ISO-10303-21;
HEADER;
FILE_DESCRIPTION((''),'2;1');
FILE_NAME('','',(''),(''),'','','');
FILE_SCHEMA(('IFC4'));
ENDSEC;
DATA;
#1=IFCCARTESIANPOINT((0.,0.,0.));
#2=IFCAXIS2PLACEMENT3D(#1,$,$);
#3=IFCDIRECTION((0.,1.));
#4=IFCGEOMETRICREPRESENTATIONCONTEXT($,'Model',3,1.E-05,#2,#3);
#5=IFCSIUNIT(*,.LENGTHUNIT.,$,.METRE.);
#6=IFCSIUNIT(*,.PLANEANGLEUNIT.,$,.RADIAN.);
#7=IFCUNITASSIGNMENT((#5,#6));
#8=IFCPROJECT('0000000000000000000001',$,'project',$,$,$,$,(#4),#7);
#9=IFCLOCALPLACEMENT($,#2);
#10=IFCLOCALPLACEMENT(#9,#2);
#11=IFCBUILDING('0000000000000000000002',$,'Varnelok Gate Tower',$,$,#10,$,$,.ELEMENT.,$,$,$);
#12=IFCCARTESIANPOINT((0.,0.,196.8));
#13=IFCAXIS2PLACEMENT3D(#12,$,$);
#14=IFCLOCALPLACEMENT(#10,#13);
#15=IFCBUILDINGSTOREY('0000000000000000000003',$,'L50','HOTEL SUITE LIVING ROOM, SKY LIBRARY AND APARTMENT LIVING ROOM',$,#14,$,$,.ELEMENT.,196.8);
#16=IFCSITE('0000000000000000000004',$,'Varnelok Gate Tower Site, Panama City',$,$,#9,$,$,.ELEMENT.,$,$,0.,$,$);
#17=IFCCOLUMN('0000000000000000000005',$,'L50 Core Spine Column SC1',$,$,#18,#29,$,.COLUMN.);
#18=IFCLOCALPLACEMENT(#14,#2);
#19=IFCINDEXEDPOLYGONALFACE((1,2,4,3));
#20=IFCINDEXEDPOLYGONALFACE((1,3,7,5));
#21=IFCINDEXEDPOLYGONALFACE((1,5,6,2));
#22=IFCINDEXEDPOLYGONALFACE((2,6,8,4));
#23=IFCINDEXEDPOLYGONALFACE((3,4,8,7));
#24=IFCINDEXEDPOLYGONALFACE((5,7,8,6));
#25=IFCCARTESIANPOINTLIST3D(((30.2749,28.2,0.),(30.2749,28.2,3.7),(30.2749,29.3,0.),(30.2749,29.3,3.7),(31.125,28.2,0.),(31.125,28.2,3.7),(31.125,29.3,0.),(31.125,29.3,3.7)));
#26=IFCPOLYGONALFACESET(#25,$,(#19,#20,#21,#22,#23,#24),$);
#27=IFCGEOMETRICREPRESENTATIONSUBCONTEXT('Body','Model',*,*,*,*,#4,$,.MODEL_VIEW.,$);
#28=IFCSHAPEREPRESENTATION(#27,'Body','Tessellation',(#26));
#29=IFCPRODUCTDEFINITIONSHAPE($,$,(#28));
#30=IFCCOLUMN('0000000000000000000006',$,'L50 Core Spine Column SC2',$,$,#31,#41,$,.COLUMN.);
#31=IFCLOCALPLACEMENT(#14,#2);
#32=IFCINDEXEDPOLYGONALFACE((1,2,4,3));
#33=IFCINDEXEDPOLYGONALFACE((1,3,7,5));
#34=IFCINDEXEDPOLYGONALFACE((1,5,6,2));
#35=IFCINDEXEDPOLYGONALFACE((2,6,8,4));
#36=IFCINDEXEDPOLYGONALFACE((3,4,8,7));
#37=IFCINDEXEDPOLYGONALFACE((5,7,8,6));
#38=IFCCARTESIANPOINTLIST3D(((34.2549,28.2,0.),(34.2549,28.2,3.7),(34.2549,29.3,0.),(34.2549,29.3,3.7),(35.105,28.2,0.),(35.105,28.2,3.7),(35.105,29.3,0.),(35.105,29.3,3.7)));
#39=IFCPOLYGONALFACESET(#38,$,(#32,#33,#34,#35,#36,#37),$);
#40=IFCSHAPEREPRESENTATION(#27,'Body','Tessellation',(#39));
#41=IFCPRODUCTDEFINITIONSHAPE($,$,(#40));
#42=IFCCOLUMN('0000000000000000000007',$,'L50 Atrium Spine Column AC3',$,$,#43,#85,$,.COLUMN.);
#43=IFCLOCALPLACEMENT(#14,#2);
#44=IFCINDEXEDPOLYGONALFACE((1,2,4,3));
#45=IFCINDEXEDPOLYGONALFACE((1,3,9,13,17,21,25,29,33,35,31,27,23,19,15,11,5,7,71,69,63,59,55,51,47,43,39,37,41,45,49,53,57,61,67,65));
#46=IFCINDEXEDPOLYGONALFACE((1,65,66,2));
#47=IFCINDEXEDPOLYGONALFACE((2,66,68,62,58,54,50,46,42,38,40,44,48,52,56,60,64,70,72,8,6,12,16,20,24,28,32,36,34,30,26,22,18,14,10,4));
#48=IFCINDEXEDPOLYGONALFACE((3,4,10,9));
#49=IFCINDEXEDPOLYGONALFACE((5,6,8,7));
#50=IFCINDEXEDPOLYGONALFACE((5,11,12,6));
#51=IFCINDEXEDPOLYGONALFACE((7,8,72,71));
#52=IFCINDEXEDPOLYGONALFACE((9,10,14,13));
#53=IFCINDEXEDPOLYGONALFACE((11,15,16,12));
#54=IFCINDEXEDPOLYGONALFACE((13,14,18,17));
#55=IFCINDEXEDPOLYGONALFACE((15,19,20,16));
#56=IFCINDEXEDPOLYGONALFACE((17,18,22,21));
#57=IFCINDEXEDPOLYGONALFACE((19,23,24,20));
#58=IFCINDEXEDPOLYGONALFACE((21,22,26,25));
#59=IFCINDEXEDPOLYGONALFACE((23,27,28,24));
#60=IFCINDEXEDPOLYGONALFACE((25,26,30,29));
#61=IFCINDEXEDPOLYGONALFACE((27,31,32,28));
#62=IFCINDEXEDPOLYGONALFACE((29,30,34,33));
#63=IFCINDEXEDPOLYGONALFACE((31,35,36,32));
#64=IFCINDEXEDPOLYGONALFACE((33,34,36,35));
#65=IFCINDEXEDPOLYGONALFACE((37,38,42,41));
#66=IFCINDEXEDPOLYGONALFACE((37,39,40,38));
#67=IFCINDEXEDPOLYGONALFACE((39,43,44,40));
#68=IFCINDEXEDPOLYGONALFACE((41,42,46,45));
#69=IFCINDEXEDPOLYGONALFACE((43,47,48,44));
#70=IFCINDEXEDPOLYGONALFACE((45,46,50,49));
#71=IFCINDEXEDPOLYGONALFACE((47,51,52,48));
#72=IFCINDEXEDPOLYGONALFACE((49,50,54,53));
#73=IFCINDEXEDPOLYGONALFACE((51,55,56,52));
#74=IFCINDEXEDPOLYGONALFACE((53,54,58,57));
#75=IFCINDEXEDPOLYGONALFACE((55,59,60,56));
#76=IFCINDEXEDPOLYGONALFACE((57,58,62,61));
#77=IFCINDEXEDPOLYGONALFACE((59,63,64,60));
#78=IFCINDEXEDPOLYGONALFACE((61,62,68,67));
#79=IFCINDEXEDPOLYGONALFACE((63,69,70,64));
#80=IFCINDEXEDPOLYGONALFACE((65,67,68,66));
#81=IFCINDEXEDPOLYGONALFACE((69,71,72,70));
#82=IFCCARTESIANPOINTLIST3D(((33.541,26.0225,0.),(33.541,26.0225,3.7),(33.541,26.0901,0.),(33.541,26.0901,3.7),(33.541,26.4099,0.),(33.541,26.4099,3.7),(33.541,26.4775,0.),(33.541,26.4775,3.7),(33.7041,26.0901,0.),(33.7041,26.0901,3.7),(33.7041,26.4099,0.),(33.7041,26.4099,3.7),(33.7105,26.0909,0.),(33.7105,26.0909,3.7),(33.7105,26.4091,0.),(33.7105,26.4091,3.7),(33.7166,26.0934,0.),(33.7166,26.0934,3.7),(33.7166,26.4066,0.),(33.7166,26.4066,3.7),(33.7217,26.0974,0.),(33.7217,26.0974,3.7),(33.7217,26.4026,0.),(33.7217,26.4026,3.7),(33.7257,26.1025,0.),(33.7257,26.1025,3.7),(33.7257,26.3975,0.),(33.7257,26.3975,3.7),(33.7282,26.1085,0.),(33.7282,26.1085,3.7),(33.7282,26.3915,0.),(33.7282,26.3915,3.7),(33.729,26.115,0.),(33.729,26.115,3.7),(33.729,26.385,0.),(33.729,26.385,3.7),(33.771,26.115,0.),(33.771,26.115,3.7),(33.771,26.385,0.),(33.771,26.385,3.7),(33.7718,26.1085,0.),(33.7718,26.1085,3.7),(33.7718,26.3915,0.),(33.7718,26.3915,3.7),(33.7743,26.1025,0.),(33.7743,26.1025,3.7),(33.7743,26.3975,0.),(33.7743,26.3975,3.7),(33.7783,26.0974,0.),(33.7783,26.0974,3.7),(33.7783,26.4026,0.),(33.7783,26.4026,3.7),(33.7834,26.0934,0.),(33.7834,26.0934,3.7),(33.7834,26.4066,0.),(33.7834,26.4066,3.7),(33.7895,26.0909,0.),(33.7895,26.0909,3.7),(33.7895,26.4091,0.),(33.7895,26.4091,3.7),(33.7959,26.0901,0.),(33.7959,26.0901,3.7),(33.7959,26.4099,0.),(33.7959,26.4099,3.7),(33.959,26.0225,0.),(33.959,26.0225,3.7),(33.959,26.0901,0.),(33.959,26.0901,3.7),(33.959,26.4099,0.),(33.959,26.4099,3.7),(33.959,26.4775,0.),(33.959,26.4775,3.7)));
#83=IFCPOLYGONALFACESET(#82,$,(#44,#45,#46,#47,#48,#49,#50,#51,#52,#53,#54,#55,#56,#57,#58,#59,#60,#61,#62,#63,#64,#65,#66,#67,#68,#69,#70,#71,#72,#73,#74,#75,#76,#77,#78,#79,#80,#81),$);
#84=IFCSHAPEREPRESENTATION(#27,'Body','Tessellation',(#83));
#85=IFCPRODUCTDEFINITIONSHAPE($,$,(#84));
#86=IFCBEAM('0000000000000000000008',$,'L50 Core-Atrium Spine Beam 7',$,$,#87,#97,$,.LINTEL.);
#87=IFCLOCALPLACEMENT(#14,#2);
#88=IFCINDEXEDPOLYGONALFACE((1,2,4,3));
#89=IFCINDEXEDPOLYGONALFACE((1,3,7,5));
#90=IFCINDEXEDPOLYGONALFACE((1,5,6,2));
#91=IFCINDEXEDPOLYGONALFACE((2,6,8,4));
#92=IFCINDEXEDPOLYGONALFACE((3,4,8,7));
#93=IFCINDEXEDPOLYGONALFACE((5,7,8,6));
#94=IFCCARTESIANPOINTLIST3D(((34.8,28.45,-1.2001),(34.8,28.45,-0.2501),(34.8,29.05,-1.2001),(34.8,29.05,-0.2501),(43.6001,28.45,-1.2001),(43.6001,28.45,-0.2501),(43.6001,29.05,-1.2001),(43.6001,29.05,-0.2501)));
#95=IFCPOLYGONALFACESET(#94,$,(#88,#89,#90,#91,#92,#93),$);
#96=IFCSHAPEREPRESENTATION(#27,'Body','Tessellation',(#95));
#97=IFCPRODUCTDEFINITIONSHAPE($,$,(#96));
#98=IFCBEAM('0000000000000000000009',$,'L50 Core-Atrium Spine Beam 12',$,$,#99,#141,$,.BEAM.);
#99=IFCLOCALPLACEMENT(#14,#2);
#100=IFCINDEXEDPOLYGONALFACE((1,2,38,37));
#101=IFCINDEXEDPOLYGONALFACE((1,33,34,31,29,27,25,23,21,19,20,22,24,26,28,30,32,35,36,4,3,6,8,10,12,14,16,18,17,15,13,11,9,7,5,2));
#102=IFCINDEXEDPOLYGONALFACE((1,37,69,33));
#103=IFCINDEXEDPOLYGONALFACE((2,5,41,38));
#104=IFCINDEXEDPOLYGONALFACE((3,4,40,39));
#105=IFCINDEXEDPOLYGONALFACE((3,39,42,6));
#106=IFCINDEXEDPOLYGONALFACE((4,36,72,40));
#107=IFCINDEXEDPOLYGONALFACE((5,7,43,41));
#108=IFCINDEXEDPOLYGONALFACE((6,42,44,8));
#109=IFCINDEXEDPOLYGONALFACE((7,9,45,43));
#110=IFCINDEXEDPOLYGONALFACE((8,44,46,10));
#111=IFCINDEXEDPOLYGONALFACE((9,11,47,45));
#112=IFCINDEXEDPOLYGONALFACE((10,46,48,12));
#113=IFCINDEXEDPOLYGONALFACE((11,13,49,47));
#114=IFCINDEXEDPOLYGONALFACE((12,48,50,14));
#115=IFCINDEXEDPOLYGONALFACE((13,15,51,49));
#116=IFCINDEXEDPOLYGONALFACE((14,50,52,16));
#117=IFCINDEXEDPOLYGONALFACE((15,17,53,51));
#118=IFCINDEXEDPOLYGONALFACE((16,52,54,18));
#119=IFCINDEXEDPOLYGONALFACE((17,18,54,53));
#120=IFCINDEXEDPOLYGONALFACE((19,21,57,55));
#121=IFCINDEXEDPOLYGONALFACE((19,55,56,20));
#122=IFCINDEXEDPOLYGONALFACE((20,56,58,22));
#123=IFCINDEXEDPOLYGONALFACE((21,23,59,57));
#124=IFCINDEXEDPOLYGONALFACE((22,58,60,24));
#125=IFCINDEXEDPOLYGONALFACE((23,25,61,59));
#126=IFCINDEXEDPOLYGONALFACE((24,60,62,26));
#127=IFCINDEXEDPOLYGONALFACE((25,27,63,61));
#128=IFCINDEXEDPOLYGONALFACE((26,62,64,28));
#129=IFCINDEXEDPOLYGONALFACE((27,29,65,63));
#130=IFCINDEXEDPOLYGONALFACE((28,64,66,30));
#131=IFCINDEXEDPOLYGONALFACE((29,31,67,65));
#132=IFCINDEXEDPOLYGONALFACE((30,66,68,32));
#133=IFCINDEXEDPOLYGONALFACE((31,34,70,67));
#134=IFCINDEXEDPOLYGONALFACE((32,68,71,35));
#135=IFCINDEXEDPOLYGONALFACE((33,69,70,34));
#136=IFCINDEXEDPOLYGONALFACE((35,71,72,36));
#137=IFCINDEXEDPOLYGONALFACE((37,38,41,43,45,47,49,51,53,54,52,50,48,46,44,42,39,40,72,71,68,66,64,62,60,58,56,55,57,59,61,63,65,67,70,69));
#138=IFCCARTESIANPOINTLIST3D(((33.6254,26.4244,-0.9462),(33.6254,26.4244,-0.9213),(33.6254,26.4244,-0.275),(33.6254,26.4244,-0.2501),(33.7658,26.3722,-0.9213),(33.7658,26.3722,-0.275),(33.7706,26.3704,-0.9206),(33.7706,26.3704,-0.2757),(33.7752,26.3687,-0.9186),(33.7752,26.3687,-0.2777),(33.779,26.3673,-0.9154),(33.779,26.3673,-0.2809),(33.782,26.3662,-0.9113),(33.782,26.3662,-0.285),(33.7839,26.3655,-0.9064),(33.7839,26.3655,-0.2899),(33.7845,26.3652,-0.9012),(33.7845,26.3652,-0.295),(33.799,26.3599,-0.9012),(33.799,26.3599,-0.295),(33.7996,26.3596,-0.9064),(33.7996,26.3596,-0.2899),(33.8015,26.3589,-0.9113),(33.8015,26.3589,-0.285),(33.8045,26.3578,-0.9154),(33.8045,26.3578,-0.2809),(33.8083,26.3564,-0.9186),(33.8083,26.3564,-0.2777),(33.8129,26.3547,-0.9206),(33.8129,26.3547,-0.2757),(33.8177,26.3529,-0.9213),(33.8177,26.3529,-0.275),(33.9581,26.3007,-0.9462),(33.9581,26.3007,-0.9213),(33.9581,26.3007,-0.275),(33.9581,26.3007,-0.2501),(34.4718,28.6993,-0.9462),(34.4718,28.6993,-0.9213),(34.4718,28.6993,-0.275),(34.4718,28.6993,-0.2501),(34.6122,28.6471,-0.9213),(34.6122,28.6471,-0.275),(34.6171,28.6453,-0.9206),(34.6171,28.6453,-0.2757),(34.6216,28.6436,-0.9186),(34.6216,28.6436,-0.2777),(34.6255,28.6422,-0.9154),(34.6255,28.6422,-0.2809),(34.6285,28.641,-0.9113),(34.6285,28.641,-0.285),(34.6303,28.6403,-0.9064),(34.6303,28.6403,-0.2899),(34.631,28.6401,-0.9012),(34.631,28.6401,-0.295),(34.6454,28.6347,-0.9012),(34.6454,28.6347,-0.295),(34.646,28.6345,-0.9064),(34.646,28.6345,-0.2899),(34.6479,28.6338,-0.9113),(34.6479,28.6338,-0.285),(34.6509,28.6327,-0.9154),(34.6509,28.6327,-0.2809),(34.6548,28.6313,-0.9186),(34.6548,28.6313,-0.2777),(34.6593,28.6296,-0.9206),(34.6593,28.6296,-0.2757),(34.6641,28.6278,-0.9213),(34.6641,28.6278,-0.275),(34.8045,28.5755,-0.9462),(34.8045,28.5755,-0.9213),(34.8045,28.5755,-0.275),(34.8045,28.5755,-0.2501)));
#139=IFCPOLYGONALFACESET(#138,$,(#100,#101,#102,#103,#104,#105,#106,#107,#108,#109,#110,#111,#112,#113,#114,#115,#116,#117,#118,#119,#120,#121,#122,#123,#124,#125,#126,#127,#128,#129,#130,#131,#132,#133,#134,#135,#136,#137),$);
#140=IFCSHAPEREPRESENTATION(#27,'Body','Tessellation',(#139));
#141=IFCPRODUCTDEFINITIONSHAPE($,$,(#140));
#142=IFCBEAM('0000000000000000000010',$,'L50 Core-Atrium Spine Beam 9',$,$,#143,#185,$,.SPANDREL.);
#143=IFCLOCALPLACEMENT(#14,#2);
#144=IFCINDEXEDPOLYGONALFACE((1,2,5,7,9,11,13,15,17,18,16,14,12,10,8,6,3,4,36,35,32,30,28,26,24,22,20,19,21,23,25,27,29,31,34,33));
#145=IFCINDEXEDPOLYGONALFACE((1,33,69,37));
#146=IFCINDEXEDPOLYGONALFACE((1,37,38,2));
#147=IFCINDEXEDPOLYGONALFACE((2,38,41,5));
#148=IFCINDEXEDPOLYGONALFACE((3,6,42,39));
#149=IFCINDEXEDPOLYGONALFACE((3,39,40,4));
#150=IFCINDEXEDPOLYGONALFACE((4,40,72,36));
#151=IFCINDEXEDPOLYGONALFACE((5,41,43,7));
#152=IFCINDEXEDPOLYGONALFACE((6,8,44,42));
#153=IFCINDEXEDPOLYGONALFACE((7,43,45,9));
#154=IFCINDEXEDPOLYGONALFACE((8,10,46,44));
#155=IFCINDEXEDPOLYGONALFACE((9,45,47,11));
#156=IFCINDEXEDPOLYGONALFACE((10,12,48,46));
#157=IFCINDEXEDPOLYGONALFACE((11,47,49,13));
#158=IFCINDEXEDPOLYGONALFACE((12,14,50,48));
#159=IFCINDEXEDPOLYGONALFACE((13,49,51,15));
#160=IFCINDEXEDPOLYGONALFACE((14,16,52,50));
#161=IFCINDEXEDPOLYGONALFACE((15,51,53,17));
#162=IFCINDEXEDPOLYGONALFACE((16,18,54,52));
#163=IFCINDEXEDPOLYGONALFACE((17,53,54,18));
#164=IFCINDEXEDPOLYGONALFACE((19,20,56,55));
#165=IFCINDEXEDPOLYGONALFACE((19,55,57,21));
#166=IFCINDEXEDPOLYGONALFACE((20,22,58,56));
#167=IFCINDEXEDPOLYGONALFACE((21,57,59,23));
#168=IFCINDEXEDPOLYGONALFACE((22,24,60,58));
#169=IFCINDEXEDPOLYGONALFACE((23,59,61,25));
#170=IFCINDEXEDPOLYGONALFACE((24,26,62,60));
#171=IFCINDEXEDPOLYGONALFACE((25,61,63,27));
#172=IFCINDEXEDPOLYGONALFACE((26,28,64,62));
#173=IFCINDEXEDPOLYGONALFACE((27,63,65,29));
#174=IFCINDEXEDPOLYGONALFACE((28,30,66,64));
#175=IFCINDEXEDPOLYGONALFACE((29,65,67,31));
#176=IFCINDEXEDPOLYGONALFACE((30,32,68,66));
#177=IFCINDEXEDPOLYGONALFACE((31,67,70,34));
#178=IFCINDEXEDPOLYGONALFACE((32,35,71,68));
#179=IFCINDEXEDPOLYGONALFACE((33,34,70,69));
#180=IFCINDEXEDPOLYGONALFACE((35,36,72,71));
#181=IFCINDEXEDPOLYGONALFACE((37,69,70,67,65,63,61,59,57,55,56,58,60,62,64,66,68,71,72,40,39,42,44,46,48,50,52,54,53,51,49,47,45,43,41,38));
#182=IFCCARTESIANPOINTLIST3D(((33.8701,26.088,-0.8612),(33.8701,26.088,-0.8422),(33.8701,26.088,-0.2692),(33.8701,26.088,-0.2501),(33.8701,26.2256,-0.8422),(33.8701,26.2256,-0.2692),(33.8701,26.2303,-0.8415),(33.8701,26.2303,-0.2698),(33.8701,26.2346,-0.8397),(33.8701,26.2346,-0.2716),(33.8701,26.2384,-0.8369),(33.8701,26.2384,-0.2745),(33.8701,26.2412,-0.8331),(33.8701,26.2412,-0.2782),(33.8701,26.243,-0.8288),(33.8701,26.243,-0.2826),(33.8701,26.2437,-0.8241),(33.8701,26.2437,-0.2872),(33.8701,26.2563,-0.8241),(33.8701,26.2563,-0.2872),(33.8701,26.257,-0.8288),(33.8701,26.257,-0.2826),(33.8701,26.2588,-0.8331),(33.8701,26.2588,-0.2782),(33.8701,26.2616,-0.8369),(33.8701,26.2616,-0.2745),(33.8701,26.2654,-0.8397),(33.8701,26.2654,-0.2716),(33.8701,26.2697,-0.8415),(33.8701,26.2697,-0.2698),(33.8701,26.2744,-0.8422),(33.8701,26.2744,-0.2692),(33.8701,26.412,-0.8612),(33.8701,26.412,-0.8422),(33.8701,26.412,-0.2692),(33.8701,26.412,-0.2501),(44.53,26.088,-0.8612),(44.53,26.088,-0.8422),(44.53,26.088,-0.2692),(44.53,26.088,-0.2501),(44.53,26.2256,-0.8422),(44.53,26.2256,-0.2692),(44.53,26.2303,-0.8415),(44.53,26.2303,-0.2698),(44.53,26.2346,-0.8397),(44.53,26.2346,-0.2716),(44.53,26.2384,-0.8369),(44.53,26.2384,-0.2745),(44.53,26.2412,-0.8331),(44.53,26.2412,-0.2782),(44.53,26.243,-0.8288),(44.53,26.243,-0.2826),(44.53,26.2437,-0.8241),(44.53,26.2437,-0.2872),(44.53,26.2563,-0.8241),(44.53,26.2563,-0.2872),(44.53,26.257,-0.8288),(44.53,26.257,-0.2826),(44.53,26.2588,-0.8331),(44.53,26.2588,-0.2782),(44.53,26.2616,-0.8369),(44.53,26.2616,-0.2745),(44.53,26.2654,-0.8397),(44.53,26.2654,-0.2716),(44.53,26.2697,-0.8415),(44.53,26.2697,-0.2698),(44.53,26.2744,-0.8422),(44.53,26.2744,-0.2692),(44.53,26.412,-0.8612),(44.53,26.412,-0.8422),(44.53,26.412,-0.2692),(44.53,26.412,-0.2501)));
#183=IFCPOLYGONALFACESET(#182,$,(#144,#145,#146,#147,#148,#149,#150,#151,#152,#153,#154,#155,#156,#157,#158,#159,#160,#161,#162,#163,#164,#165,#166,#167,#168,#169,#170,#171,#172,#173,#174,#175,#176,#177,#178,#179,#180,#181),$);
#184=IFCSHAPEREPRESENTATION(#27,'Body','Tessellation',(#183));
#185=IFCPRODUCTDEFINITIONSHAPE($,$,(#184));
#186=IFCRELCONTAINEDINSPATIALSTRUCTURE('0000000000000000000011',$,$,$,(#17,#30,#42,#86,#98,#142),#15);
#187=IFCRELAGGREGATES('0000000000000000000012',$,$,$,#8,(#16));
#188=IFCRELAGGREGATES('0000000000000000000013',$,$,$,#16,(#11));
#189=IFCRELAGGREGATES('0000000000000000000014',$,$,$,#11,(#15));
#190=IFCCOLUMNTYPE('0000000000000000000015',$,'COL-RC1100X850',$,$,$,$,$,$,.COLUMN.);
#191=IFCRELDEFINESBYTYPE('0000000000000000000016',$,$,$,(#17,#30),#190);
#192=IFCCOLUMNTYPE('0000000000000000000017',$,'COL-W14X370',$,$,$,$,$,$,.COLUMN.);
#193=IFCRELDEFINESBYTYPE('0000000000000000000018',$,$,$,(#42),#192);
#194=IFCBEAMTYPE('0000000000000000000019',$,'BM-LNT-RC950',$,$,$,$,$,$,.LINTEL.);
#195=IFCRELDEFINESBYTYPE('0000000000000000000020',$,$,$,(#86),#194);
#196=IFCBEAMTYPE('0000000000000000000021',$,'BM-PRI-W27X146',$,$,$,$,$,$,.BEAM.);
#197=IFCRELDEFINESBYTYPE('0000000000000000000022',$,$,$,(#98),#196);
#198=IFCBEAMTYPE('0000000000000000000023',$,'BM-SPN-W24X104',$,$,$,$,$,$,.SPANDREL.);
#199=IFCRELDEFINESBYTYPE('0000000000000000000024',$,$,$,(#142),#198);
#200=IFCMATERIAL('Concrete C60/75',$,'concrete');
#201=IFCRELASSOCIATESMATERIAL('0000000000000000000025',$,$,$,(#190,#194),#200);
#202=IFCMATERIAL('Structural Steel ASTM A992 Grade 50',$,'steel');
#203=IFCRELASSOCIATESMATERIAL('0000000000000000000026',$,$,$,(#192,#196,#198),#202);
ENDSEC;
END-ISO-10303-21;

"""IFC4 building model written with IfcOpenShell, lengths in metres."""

from ifc_helpers import new_model, si_unit, direction, frame, origin, origin_2d, place, context, subcontext, project, spatial, rectangle, i_section, extrude, material, material_profile, profile_set, type_object, element, save


model = new_model("IFC4")

# Units and contexts
model_context = context("Model", 3, precision=1e-05, world=origin(), true_north=direction((0.0, 1.0)))
body_context = subcontext(model_context, "Body", "Model", "MODEL_VIEW")
ifc_project = project(units=[si_unit("LENGTHUNIT", "METRE"), si_unit("PLANEANGLEUNIT", "RADIAN")], contexts=[model_context])

# Site, building, storey
site_placement = place(None, origin())
site = spatial("IfcSite", under=ifc_project, at=site_placement, Name="Varnelok Gate Tower Site, Panama City", CompositionType="ELEMENT", RefElevation=0.0)
building_placement = place(site_placement, origin())
building = spatial("IfcBuilding", under=site, at=building_placement, Name="Varnelok Gate Tower", CompositionType="ELEMENT")
storey_placement = place(building_placement, frame((0.0, 0.0, 196.8)))
storey = spatial("IfcBuildingStorey", under=building, at=storey_placement, Name="L50", Description="HOTEL SUITE LIVING ROOM, SKY LIBRARY AND APARTMENT LIVING ROOM", CompositionType="ELEMENT", Elevation=196.8)

# Columns
ifc_material_1 = material(Name="Concrete C60/75", Category="concrete")
ifc_material_profile_1 = material_profile(ifc_material_1, rectangle(XDim=0.8501, YDim=1.1001, at=origin_2d()), Name="RC1100X850")
ifc_profile_set_1 = profile_set([ifc_material_profile_1], Name="Concrete C60/75")
column_type_1 = type_object("IfcColumnType", Name="COL-RC1100X850", PredefinedType="COLUMN", material=ifc_profile_set_1)
for number, where, z_axis, x_axis, name in (
    (1, (30.7, 28.75, 0.0), (0.0, 0.0, 1.0), (1.0, 0.0, 0.0), "L50 Core Spine Column SC1"),
    (2, (34.6799, 28.75, 0.0), (0.0, 0.0, 1.0), (1.0, 0.0, 0.0), "L50 Core Spine Column SC2"),
):
    element("IfcColumn", number, at=place(storey_placement, frame(where, z_axis=z_axis, x_axis=x_axis)), inside=storey, type_object=column_type_1, Name=name, PredefinedType="COLUMN", context=body_context, shape_type="SweptSolid", body=[
        extrude(rectangle(XDim=0.8501, YDim=1.1001, at=origin_2d()), origin(), (0.0, 0.0, 1.0), 3.7),
    ])
ifc_material_2 = material(Name="Structural Steel ASTM A992 Grade 50", Category="steel")
ifc_material_profile_2 = material_profile(ifc_material_2, i_section(OverallWidth=0.418, OverallDepth=0.4551, WebThickness=0.042, FlangeThickness=0.0676, FilletRadius=0.0249, at=origin_2d()), Name="W14X370")
ifc_profile_set_2 = profile_set([ifc_material_profile_2], Name="Structural Steel ASTM A992 Grade 50")
column_type_2 = type_object("IfcColumnType", Name="COL-W14X370", PredefinedType="COLUMN", material=ifc_profile_set_2)
column_placement = place(storey_placement, frame((33.75, 26.25, 0.0), z_axis=(0.0, 0.0, 1.0), x_axis=(1.0, 0.0, 0.0)))
element("IfcColumn", 3, at=column_placement, inside=storey, type_object=column_type_2, Name="L50 Atrium Spine Column AC3", PredefinedType="COLUMN", context=body_context, shape_type="SweptSolid", body=[
    extrude(i_section(OverallWidth=0.418, OverallDepth=0.4551, WebThickness=0.042, FlangeThickness=0.0676, FilletRadius=0.0249, at=origin_2d()), origin(), (0.0, 0.0, 1.0), 3.7),
])

# Beams
ifc_material_profile_3 = material_profile(ifc_material_1, rectangle(XDim=0.6001, YDim=0.95, at=origin_2d()), Name="RC950X600")
ifc_profile_set_3 = profile_set([ifc_material_profile_3], Name="Concrete C60/75")
beam_type_1 = type_object("IfcBeamType", Name="BM-LNT-RC950", PredefinedType="LINTEL", material=ifc_profile_set_3)
beam_1_placement = place(storey_placement, frame((34.8, 28.75, -0.7251), z_axis=(1.0, 0.0, 0.0), x_axis=(0.0, 1.0, 0.0)))
element("IfcBeam", 4, at=beam_1_placement, inside=storey, type_object=beam_type_1, Name="L50 Core-Atrium Spine Beam 7", PredefinedType="LINTEL", context=body_context, shape_type="SweptSolid", body=[
    extrude(rectangle(XDim=0.6001, YDim=0.95, at=origin_2d()), origin(), (0.0, 0.0, 1.0), 8.8),
])
ifc_material_profile_4 = material_profile(ifc_material_2, i_section(OverallWidth=0.355, OverallDepth=0.696, WebThickness=0.0154, FlangeThickness=0.0249, FilletRadius=0.02, at=origin_2d()), Name="W27X146")
ifc_profile_set_4 = profile_set([ifc_material_profile_4], Name="Structural Steel ASTM A992 Grade 50")
beam_type_2 = type_object("IfcBeamType", Name="BM-PRI-W27X146", PredefinedType="BEAM", material=ifc_profile_set_4)
beam_2_placement = place(storey_placement, frame((33.7917, 26.3625, -0.5981), z_axis=(0.348719, 0.937227, 0.0), x_axis=(-0.937227, 0.348719, 0.0)))
element("IfcBeam", 5, at=beam_2_placement, inside=storey, type_object=beam_type_2, Name="L50 Core-Atrium Spine Beam 12", PredefinedType="BEAM", context=body_context, shape_type="SweptSolid", body=[
    extrude(i_section(OverallWidth=0.355, OverallDepth=0.696, WebThickness=0.0154, FlangeThickness=0.0249, FilletRadius=0.02, at=origin_2d()), origin(), (0.0, 0.0, 1.0), 2.4272),
])
ifc_material_profile_5 = material_profile(ifc_material_2, i_section(OverallWidth=0.324, OverallDepth=0.6111, WebThickness=0.0127, FlangeThickness=0.019, FilletRadius=0.0181, at=origin_2d()), Name="W24X104")
ifc_profile_set_5 = profile_set([ifc_material_profile_5], Name="Structural Steel ASTM A992 Grade 50")
beam_type_3 = type_object("IfcBeamType", Name="BM-SPN-W24X104", PredefinedType="SPANDREL", material=ifc_profile_set_5)
beam_3_placement = place(storey_placement, frame((33.8701, 26.25, -0.5557), z_axis=(1.0, 0.0, 0.0), x_axis=(0.0, 1.0, 0.0)))
element("IfcBeam", 6, at=beam_3_placement, inside=storey, type_object=beam_type_3, Name="L50 Core-Atrium Spine Beam 9", PredefinedType="SPANDREL", context=body_context, shape_type="SweptSolid", body=[
    extrude(i_section(OverallWidth=0.324, OverallDepth=0.6111, WebThickness=0.0127, FlangeThickness=0.019, FilletRadius=0.0181, at=origin_2d()), origin(), (0.0, 0.0, 1.0), 10.6599),
])

save(model, "model.ifc")
